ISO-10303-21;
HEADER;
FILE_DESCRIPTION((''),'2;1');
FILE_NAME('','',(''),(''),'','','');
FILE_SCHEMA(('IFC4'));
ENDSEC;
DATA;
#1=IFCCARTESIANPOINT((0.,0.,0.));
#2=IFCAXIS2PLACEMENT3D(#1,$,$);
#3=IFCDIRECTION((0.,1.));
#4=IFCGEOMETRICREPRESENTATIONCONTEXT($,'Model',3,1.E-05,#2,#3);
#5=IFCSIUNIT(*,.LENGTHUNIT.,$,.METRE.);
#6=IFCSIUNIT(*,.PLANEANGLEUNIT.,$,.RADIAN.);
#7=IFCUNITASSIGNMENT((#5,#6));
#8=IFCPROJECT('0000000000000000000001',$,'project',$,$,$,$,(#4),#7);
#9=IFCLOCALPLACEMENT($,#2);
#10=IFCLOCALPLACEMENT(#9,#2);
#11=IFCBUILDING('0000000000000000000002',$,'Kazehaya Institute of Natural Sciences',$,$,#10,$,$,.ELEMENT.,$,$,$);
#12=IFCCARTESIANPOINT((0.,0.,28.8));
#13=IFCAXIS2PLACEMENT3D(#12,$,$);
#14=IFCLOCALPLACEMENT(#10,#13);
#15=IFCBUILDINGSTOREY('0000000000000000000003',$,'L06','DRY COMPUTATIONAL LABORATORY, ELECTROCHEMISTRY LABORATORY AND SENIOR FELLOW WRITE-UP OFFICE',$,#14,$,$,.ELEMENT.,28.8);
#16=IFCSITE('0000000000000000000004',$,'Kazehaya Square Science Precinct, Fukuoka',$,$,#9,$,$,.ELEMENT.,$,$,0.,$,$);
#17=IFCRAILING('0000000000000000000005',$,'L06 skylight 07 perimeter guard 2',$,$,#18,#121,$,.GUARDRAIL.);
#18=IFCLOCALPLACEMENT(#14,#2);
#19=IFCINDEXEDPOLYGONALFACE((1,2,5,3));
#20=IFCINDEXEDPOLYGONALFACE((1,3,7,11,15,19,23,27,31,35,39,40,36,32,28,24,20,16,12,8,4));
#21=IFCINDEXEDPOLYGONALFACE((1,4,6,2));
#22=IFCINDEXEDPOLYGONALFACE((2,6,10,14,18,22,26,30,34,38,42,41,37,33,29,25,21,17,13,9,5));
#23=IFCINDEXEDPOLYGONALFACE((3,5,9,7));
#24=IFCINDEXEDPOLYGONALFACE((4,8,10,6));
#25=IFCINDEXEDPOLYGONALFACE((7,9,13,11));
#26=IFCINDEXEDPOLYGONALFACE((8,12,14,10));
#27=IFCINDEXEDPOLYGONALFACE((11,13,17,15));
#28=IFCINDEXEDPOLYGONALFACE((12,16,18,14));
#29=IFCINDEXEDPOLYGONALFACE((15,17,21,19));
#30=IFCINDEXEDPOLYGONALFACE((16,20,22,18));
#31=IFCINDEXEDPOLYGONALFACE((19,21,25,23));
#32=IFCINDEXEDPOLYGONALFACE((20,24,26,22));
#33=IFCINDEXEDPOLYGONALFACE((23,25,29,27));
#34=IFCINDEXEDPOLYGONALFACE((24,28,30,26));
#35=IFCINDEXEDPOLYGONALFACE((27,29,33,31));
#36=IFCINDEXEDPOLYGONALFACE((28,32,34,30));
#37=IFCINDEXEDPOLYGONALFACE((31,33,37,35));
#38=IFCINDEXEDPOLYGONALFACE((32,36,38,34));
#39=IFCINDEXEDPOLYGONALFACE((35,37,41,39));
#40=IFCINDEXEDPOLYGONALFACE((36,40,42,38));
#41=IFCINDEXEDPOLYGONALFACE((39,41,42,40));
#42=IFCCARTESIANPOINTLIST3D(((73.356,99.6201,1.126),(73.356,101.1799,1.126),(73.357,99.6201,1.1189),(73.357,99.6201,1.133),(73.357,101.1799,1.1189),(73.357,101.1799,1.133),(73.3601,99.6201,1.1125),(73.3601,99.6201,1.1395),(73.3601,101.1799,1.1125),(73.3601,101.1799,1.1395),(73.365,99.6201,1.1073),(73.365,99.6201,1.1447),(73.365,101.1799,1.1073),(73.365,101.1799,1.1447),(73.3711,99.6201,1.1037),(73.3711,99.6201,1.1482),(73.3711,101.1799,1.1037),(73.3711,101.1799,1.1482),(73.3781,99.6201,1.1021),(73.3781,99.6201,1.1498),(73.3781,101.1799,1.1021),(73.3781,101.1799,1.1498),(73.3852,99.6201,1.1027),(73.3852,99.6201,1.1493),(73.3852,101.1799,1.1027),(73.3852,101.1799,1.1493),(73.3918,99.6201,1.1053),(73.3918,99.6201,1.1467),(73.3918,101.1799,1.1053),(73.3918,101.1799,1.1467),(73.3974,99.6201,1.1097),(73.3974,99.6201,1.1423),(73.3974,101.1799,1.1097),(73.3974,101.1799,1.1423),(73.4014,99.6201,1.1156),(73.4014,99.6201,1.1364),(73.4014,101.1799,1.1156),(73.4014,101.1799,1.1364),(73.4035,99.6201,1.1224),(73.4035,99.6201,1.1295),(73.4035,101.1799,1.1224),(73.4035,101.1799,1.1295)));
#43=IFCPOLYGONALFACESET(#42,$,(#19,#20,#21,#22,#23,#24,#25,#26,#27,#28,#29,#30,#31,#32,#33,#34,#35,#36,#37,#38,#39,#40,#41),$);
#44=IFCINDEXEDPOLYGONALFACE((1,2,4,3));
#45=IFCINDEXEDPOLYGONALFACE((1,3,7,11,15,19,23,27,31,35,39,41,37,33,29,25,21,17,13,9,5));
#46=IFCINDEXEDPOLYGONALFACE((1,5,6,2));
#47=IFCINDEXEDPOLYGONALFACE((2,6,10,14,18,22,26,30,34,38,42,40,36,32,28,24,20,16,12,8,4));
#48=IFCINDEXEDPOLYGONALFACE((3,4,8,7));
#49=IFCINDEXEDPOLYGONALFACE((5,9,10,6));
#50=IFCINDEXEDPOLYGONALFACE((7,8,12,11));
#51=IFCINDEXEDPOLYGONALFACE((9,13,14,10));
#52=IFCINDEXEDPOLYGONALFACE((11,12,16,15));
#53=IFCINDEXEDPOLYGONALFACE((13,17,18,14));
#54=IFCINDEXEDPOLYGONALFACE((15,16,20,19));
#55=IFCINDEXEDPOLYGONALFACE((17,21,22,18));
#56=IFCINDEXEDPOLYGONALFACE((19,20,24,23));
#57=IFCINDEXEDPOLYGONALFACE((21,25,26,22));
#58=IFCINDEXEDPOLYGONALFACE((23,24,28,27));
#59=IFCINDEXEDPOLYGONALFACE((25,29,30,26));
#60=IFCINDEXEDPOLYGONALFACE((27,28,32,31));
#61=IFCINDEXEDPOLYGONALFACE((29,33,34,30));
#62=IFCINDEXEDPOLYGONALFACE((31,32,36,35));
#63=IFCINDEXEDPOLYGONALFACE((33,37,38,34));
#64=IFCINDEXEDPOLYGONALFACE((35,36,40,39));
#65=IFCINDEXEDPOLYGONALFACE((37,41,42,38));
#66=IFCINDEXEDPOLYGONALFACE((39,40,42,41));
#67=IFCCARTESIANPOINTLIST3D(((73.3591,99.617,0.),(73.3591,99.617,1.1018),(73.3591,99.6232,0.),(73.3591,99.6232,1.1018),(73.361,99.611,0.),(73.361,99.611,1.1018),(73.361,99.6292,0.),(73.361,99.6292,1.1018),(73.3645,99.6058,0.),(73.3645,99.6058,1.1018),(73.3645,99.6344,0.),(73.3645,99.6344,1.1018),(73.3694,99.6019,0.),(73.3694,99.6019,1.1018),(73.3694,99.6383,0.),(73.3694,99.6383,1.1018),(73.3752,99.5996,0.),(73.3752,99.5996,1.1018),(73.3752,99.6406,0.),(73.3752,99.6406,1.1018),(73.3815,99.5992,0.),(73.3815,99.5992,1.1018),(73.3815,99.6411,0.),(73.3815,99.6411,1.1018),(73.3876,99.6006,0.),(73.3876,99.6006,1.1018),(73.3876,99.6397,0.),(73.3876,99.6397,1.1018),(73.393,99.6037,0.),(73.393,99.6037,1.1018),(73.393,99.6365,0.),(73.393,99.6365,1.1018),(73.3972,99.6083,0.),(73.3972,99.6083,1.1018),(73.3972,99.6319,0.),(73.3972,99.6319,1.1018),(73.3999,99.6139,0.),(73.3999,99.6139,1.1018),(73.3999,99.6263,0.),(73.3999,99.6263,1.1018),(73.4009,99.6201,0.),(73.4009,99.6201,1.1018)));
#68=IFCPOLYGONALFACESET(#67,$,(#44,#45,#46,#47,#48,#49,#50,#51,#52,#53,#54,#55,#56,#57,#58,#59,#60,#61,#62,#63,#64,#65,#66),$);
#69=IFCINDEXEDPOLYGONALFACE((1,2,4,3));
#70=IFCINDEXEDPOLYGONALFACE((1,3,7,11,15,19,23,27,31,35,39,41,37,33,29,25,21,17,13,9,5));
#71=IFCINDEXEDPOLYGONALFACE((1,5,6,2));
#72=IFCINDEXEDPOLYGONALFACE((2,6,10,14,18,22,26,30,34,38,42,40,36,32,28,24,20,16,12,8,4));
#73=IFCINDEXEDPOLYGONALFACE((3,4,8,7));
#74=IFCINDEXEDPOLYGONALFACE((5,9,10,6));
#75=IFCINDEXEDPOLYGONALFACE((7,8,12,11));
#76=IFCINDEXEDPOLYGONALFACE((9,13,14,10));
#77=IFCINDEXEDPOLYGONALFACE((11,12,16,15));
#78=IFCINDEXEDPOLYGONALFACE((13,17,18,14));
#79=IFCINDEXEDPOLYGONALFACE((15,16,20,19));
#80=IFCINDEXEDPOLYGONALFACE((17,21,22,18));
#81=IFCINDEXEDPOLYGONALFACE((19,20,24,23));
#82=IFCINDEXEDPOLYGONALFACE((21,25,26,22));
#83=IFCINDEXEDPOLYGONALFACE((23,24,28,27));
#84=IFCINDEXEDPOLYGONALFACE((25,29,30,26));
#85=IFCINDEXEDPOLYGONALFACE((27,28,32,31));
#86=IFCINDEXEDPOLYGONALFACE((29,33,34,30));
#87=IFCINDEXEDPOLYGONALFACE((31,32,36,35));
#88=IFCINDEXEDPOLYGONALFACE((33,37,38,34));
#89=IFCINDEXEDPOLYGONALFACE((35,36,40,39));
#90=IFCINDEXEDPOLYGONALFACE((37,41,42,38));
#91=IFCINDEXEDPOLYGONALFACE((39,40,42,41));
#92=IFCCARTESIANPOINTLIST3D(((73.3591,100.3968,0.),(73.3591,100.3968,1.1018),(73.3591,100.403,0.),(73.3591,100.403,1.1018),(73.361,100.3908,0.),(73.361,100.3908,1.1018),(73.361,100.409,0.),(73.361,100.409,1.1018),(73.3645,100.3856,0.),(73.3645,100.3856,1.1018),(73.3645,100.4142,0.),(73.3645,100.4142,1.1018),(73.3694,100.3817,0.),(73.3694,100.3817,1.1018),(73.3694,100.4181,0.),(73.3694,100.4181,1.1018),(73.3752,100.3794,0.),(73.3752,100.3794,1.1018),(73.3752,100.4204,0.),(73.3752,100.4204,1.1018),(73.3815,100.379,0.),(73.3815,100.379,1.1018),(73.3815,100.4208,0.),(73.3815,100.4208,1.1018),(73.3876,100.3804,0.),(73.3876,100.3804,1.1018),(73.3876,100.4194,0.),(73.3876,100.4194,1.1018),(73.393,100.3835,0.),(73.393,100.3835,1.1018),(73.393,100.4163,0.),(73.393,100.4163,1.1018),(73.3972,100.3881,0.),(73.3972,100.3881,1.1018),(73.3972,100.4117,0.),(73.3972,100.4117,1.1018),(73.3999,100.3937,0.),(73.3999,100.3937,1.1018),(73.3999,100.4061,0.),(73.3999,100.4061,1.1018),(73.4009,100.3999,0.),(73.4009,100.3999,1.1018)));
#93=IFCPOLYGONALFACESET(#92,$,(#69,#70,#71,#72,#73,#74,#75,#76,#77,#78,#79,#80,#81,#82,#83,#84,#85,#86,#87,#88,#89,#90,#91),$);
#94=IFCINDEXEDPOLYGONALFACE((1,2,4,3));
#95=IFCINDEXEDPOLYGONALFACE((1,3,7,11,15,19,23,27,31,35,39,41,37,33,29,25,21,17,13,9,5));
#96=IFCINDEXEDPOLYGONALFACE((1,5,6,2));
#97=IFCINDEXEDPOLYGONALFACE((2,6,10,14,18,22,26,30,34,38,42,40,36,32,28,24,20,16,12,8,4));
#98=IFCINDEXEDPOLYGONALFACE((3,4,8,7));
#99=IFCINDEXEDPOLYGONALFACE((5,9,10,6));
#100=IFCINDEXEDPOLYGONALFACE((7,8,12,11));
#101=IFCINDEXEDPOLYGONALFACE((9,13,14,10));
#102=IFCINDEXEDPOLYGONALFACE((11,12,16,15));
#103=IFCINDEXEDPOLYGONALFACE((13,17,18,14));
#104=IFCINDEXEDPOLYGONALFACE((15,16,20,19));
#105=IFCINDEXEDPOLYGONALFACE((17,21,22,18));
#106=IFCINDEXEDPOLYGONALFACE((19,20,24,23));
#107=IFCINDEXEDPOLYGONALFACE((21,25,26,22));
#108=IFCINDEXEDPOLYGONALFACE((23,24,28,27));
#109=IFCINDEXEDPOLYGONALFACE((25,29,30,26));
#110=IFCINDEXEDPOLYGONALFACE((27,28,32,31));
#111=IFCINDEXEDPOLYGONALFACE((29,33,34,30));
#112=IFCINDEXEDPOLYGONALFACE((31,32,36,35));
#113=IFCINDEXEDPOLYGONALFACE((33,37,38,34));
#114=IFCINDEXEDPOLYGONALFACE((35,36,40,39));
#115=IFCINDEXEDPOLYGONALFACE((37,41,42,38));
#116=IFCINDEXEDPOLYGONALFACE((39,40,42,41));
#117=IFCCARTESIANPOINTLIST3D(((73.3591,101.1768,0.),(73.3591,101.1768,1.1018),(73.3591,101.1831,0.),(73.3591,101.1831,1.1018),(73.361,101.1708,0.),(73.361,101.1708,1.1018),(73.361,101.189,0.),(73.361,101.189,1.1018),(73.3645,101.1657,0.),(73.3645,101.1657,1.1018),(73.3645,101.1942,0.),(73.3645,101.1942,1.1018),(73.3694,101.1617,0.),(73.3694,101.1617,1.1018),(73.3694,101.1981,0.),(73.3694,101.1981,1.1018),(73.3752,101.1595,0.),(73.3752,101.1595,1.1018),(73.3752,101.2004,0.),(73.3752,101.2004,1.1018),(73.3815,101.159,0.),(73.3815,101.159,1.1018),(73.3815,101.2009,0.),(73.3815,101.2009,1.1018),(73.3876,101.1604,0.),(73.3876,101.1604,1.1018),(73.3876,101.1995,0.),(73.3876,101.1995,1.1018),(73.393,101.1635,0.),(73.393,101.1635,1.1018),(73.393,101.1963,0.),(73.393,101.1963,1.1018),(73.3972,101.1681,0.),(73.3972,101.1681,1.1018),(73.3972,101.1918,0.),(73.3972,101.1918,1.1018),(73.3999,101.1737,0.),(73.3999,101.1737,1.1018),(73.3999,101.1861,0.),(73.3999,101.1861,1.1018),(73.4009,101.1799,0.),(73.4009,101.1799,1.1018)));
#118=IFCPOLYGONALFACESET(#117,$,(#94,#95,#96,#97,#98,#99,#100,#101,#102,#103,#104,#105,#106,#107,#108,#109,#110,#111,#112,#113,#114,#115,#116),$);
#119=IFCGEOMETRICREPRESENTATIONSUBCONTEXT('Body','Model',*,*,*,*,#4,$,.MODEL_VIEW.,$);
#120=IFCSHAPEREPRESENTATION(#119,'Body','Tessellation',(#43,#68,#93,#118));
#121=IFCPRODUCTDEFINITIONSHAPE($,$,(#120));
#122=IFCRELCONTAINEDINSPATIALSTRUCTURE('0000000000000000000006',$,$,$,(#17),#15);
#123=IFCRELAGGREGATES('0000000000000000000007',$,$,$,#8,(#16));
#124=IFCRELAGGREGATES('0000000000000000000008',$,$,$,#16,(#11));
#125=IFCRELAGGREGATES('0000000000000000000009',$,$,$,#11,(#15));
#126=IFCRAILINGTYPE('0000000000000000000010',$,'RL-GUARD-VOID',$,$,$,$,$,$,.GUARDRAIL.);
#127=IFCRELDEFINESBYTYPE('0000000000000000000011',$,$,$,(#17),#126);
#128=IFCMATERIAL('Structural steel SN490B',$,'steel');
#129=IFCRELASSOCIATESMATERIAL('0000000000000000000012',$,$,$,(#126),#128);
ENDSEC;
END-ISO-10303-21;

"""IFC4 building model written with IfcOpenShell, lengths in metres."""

from ifc_helpers import new_model, si_unit, direction, frame, origin, origin_2d, place, context, subcontext, project, spatial, circle, extrude, material, type_object, element, save


model = new_model("IFC4")

# Units and contexts
model_context = context("Model", 3, precision=1e-05, world=origin(), true_north=direction((0.0, 1.0)))
body_context = subcontext(model_context, "Body", "Model", "MODEL_VIEW")
ifc_project = project(units=[si_unit("LENGTHUNIT", "METRE"), si_unit("PLANEANGLEUNIT", "RADIAN")], contexts=[model_context])

# Site, building, storey
site_placement = place(None, origin())
site = spatial("IfcSite", under=ifc_project, at=site_placement, Name="Kazehaya Square Science Precinct, Fukuoka", CompositionType="ELEMENT", RefElevation=0.0)
building_placement = place(site_placement, origin())
building = spatial("IfcBuilding", under=site, at=building_placement, Name="Kazehaya Institute of Natural Sciences", CompositionType="ELEMENT")
storey_placement = place(building_placement, frame((0.0, 0.0, 28.8)))
storey = spatial("IfcBuildingStorey", under=building, at=storey_placement, Name="L06", Description="DRY COMPUTATIONAL LABORATORY, ELECTROCHEMISTRY LABORATORY AND SENIOR FELLOW WRITE-UP OFFICE", CompositionType="ELEMENT", Elevation=28.8)

# Railing
ifc_material_1 = material(Name="Structural steel SN490B", Category="steel")
railing_type = type_object("IfcRailingType", Name="RL-GUARD-VOID", PredefinedType="GUARDRAIL", material=ifc_material_1)
railing_1_placement = place(storey_placement, frame((73.3799, 99.6201, 0.0)))
element("IfcRailing", 1, at=railing_1_placement, inside=storey, type_object=railing_type, Name="L06 skylight 07 perimeter guard 2", PredefinedType="GUARDRAIL", context=body_context, shape_type="SweptSolid", body=[
    extrude(circle(Radius=0.0239, at=origin_2d()), frame((0.0, 0.0, 1.126), z_axis=(0.0, 1.0, 0.0), x_axis=(-1.0, 0.0, 0.0)), (0.0, 0.0, 1.0), 1.5598),
    extrude(circle(Radius=0.021, at=origin_2d()), origin(), (0.0, 0.0, 1.0), 1.1018),
    extrude(circle(Radius=0.021, at=origin_2d()), frame((0.0, 0.7798, 0.0)), (0.0, 0.0, 1.0), 1.1018),
    extrude(circle(Radius=0.021, at=origin_2d()), frame((0.0, 1.5598, 0.0)), (0.0, 0.0, 1.0), 1.1018),
])

save(model, "model.ifc")
